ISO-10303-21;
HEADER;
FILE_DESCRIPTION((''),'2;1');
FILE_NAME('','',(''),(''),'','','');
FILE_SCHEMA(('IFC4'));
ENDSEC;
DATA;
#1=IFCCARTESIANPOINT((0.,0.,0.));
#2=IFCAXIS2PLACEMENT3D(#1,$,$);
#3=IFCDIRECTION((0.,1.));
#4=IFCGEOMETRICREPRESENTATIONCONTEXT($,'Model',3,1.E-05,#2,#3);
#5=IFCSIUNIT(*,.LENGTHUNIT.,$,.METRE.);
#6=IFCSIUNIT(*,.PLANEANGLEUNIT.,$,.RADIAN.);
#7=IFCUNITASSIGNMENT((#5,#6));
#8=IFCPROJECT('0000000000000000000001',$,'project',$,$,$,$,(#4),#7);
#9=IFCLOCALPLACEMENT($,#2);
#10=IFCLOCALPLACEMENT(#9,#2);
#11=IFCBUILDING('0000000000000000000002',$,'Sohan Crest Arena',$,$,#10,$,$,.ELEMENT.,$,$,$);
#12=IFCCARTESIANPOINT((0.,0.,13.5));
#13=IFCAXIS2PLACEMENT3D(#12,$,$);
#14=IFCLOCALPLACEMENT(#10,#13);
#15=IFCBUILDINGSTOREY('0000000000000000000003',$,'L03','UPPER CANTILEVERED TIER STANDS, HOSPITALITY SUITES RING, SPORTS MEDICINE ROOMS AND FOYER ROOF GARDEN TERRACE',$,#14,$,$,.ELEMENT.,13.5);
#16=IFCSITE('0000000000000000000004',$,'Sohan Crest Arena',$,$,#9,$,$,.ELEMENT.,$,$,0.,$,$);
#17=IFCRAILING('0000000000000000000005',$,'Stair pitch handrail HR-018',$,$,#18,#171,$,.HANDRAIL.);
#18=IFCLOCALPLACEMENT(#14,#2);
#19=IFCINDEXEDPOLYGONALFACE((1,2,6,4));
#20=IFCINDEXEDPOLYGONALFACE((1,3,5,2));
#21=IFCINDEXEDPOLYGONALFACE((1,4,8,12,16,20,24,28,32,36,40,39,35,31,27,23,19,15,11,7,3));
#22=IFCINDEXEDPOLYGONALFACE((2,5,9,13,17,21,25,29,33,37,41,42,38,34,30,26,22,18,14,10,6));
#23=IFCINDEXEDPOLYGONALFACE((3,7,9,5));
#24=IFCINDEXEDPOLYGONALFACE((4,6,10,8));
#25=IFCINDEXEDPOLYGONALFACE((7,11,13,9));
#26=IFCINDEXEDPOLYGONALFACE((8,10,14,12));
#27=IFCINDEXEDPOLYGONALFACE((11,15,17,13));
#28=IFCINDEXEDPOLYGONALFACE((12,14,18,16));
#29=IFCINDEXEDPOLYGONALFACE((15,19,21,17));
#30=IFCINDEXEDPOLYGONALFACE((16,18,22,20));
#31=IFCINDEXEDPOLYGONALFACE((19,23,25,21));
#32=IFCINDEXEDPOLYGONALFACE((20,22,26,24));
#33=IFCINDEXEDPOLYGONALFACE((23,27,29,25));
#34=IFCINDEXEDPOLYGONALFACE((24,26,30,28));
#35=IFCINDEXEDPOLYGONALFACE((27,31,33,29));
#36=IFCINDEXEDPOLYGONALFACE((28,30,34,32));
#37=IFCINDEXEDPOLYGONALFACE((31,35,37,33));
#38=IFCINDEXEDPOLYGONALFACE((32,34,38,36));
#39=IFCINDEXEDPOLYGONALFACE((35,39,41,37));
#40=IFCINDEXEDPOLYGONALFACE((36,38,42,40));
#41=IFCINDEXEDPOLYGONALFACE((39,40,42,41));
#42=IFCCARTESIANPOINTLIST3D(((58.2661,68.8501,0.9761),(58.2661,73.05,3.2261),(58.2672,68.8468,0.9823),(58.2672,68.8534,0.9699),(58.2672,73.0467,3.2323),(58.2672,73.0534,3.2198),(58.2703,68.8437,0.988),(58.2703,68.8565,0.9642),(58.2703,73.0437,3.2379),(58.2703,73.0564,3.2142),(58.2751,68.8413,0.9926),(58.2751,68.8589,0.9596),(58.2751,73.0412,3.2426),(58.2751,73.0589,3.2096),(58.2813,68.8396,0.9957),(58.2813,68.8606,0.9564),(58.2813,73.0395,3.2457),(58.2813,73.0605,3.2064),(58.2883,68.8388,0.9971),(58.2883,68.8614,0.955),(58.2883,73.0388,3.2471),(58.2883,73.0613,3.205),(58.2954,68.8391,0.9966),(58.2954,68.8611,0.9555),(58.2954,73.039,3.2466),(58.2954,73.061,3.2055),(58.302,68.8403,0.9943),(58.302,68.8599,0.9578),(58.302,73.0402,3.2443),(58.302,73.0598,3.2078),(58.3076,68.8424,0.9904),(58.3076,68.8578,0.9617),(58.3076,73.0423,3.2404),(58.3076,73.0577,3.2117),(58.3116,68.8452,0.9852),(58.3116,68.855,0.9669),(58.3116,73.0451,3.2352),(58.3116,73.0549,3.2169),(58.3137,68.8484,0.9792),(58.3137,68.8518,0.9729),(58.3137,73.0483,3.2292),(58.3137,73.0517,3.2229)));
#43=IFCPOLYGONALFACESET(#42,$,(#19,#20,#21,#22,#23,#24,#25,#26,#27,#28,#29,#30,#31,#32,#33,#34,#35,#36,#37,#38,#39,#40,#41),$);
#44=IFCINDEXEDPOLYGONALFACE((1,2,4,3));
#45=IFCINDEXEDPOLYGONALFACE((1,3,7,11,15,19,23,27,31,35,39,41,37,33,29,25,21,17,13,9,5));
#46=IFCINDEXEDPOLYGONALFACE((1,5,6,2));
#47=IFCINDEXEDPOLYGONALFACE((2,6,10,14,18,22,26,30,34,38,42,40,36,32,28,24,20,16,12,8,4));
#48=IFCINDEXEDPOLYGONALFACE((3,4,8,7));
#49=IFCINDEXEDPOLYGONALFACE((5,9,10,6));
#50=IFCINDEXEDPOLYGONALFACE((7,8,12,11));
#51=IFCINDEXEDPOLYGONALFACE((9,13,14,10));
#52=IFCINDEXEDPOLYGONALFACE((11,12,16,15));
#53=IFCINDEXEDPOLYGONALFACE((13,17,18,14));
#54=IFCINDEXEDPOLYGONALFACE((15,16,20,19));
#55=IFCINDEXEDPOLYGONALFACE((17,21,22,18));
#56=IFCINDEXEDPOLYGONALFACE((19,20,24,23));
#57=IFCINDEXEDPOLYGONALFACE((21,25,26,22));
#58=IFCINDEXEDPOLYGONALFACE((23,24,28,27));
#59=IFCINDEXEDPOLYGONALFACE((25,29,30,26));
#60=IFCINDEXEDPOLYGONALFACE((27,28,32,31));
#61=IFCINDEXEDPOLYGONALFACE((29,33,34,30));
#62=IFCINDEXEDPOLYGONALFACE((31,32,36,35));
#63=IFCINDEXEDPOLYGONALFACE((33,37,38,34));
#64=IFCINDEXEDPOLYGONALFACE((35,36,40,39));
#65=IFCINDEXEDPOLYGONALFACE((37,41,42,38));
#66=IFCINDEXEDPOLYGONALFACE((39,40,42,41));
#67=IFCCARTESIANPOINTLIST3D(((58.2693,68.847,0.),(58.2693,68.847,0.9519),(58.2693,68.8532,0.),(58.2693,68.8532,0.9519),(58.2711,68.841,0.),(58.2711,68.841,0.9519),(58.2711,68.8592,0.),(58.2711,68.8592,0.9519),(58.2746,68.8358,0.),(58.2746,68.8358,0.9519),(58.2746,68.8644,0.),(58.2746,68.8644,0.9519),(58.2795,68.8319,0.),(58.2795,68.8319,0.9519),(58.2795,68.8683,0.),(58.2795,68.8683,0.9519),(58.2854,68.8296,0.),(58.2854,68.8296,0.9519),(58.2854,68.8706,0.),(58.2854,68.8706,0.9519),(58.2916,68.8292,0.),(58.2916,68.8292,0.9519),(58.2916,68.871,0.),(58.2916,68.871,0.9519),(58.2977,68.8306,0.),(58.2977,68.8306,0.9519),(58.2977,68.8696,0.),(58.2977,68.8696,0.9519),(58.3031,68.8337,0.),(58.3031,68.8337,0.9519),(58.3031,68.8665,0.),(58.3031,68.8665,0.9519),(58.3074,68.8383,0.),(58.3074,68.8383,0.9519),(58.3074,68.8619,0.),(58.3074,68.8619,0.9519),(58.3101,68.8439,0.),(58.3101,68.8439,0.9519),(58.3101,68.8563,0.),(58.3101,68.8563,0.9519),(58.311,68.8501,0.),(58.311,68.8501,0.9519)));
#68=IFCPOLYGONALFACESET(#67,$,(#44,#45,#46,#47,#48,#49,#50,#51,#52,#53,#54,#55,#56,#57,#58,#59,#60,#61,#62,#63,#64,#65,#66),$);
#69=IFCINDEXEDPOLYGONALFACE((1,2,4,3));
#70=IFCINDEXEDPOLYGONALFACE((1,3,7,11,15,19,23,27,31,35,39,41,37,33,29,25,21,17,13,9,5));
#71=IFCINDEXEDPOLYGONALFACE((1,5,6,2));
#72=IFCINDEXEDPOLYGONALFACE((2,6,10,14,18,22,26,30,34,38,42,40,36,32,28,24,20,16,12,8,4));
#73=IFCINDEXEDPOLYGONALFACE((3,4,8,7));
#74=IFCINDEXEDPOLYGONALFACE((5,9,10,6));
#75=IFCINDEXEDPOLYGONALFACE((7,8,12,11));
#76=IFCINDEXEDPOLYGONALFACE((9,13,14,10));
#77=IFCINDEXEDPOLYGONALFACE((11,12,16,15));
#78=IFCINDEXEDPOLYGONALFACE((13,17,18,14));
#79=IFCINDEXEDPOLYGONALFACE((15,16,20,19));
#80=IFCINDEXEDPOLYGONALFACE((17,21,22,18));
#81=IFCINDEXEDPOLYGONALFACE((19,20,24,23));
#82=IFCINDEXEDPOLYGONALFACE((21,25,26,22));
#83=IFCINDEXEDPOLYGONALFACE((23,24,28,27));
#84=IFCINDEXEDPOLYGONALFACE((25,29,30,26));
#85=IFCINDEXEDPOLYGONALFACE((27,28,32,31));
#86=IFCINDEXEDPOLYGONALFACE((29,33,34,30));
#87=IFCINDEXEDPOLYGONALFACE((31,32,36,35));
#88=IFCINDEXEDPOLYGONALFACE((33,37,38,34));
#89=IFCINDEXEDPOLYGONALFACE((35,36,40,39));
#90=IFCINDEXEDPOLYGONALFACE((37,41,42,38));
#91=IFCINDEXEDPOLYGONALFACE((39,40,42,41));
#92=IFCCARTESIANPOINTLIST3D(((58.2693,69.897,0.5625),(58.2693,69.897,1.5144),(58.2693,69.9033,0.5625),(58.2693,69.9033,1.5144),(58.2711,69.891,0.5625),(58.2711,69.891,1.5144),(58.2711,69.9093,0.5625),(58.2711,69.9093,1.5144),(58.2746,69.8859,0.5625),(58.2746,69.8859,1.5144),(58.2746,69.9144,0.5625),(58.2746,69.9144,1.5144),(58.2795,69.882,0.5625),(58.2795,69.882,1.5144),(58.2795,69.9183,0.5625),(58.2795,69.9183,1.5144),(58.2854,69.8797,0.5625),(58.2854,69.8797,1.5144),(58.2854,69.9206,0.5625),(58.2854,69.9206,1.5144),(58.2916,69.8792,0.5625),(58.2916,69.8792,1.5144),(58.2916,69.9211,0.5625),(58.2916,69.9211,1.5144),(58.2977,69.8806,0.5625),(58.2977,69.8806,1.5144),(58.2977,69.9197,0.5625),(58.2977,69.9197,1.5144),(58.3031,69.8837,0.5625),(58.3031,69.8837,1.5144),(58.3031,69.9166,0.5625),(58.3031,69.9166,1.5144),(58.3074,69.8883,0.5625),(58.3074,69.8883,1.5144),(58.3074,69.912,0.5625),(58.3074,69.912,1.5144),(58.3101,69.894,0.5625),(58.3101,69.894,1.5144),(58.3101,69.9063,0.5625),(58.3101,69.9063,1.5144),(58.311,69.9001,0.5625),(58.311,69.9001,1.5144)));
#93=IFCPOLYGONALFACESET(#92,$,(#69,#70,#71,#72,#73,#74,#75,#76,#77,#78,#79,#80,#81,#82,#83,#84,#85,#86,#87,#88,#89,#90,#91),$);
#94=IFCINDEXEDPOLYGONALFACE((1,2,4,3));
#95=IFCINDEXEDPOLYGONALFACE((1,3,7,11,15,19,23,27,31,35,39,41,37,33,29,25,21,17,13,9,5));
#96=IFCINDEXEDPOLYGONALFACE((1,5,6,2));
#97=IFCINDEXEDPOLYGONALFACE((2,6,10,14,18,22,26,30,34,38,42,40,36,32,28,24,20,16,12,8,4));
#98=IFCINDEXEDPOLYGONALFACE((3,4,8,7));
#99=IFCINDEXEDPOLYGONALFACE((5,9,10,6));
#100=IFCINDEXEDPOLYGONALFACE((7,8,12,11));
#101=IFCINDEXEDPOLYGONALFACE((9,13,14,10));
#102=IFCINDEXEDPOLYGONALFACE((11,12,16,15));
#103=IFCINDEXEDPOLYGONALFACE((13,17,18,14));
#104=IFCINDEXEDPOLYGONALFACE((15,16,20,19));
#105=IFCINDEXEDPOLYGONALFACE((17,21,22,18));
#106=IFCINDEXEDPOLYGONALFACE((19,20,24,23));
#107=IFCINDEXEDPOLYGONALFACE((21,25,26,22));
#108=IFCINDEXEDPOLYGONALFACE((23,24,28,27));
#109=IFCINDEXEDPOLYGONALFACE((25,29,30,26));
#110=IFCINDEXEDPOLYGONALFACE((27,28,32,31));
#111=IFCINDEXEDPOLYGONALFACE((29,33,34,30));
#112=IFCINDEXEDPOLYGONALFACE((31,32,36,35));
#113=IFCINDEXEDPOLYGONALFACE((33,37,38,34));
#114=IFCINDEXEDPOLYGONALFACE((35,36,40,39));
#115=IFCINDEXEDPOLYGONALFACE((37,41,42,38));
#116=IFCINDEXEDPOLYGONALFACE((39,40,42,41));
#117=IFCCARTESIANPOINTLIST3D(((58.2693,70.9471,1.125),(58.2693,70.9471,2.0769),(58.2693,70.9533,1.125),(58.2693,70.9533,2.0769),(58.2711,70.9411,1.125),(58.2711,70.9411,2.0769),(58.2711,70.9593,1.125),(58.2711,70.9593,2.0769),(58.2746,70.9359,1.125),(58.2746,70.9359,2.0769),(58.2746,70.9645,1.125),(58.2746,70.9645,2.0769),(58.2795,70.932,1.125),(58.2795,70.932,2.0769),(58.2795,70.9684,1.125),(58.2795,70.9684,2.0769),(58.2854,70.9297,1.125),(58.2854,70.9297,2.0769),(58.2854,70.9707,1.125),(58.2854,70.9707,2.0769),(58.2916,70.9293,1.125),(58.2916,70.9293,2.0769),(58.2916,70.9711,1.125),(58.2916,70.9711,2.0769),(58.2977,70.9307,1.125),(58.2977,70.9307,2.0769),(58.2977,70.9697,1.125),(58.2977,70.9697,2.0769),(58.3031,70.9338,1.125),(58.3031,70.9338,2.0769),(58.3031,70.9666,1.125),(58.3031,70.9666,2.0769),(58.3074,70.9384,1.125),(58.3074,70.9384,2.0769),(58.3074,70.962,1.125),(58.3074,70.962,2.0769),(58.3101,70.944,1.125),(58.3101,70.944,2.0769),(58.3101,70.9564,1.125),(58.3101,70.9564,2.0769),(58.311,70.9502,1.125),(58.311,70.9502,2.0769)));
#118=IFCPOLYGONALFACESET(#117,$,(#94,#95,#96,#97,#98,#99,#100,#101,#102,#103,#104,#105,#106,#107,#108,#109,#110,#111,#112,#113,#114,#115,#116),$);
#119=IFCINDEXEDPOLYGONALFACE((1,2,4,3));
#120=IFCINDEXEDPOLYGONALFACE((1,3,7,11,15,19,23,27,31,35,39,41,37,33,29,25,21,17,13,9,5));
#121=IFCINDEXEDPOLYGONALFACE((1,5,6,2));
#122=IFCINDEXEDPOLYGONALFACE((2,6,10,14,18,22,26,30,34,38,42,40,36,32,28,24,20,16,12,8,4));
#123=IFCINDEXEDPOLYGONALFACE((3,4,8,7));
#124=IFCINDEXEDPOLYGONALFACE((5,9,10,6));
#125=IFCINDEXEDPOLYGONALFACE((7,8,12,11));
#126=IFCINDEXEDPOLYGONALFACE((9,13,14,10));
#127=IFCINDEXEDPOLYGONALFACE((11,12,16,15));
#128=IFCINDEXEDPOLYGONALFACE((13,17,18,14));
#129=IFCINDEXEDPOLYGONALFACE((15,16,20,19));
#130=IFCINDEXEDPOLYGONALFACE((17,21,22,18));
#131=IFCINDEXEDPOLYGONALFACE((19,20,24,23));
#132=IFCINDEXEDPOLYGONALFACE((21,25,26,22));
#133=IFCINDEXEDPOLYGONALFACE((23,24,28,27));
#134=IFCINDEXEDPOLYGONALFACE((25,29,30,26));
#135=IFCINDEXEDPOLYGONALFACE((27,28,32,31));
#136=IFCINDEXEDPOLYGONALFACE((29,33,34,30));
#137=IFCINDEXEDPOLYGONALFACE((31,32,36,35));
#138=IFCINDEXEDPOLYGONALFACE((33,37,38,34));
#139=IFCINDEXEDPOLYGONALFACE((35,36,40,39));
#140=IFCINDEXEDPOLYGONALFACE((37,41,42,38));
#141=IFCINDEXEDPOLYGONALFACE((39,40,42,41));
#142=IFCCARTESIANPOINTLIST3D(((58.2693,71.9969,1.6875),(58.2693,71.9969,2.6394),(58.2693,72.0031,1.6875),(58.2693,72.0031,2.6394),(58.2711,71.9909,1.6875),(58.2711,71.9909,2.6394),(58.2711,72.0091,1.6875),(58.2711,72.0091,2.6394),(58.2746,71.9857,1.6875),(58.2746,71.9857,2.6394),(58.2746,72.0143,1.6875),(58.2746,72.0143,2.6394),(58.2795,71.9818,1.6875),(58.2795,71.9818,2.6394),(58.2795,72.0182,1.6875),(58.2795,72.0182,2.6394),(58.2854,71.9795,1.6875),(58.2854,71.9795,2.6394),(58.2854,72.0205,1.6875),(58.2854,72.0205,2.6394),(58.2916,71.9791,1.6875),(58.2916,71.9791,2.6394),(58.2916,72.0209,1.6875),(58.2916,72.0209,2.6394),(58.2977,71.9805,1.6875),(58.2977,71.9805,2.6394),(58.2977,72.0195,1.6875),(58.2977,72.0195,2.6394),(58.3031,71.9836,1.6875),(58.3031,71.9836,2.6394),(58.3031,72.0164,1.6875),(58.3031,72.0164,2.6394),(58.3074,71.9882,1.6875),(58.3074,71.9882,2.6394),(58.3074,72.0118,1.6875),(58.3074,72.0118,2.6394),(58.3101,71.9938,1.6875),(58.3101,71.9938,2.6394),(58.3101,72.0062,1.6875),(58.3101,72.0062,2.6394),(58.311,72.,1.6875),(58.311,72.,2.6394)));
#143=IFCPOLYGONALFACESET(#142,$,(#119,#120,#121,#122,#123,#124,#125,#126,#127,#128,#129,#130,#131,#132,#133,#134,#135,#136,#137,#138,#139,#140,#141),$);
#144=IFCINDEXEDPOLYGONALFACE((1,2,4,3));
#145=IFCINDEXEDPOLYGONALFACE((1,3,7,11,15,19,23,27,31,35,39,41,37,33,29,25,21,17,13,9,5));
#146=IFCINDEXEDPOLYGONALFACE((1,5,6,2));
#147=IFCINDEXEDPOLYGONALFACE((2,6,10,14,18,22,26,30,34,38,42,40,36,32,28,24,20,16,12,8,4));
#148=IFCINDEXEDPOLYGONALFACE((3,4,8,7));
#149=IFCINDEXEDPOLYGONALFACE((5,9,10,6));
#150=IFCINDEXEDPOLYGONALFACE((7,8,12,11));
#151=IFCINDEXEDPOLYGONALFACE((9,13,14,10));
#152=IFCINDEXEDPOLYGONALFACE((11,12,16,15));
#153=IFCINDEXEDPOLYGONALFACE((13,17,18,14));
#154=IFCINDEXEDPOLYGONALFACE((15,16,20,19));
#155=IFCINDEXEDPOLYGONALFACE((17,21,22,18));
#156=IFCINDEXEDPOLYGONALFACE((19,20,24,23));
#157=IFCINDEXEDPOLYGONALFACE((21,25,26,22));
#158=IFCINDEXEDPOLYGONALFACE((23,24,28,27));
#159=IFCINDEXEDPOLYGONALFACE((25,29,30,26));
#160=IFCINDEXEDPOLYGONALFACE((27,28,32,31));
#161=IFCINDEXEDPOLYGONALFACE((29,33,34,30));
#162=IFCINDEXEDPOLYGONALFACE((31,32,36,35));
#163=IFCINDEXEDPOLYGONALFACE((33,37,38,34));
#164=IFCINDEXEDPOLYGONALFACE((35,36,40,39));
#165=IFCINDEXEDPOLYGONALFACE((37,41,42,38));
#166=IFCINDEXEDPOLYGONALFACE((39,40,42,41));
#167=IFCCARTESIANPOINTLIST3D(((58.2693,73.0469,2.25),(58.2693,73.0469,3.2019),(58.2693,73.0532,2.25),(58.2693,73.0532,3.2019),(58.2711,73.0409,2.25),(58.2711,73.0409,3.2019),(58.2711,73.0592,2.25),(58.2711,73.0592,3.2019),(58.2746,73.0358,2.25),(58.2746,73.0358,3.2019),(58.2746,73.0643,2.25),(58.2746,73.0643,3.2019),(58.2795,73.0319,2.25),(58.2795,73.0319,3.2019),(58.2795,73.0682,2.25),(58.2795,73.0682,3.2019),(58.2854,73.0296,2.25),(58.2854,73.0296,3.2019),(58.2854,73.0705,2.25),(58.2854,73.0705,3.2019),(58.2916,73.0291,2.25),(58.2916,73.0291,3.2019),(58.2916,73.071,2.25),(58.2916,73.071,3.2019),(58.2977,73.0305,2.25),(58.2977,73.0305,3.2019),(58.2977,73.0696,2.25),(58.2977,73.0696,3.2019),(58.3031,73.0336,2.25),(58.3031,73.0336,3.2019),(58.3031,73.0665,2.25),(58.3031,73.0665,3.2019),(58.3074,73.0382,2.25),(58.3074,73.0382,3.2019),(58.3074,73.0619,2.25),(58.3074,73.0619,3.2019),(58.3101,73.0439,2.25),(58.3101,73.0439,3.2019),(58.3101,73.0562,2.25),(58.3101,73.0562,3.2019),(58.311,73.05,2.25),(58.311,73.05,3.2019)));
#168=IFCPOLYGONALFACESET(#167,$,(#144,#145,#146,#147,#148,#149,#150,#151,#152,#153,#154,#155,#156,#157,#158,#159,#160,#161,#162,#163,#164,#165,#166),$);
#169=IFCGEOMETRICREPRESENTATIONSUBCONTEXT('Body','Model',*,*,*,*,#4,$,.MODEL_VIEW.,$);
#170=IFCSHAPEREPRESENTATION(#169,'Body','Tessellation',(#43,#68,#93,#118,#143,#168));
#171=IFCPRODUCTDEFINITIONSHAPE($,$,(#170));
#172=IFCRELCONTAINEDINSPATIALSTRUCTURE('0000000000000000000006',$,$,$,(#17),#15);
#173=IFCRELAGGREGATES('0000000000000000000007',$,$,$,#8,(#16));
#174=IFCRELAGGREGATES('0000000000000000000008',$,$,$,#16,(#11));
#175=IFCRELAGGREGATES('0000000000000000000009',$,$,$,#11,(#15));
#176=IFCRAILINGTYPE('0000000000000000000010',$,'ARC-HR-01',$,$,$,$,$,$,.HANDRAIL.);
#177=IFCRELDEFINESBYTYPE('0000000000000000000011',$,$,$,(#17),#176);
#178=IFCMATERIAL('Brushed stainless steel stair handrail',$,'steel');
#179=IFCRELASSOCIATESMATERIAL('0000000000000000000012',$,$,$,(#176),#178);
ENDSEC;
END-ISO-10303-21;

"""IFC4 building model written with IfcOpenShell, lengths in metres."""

from ifc_helpers import new_model, si_unit, direction, frame, origin, origin_2d, place, context, subcontext, project, spatial, circle, extrude, material, type_object, element, save


model = new_model("IFC4")

# Units and contexts
model_context = context("Model", 3, precision=1e-05, world=origin(), true_north=direction((0.0, 1.0)))
body_context = subcontext(model_context, "Body", "Model", "MODEL_VIEW")
ifc_project = project(units=[si_unit("LENGTHUNIT", "METRE"), si_unit("PLANEANGLEUNIT", "RADIAN")], contexts=[model_context])

# Site, building, storey
site_placement = place(None, origin())
site = spatial("IfcSite", under=ifc_project, at=site_placement, Name="Sohan Crest Arena", CompositionType="ELEMENT", RefElevation=0.0)
building_placement = place(site_placement, origin())
building = spatial("IfcBuilding", under=site, at=building_placement, Name="Sohan Crest Arena", CompositionType="ELEMENT")
storey_placement = place(building_placement, frame((0.0, 0.0, 13.5)))
storey = spatial("IfcBuildingStorey", under=building, at=storey_placement, Name="L03", Description="UPPER CANTILEVERED TIER STANDS, HOSPITALITY SUITES RING, SPORTS MEDICINE ROOMS AND FOYER ROOF GARDEN TERRACE", CompositionType="ELEMENT", Elevation=13.5)

# Railing
ifc_material_1 = material(Name="Brushed stainless steel stair handrail", Category="steel")
railing_type_1 = type_object("IfcRailingType", Name="ARC-HR-01", PredefinedType="HANDRAIL", material=ifc_material_1)
for number, where, name in (
    (1, (58.29, 68.8501, 0.0), "Stair pitch handrail HR-018"),
):
    element("IfcRailing", number, at=place(storey_placement, frame(where)), inside=storey, type_object=railing_type_1, Name=name, PredefinedType="HANDRAIL", context=body_context, shape_type="SweptSolid", body=[
        extrude(circle(Radius=0.0239, at=origin_2d()), frame((0.0, 0.0, 0.9761), z_axis=(0.0, 0.881478, 0.472226), x_axis=(-1.0, 0.0, 0.0)), (0.0, 0.0, 1.0), 4.7646),
        extrude(circle(Radius=0.021, at=origin_2d()), origin(), (0.0, 0.0, 1.0), 0.9519),
        extrude(circle(Radius=0.021, at=origin_2d()), frame((0.0, 1.05, 0.5625)), (0.0, 0.0, 1.0), 0.9519),
        extrude(circle(Radius=0.021, at=origin_2d()), frame((0.0, 2.1001, 1.125)), (0.0, 0.0, 1.0), 0.9519),
        extrude(circle(Radius=0.021, at=origin_2d()), frame((0.0, 3.1499, 1.6875)), (0.0, 0.0, 1.0), 0.9519),
        extrude(circle(Radius=0.021, at=origin_2d()), frame((0.0, 4.2, 2.25)), (0.0, 0.0, 1.0), 0.9519),
    ])

save(model, "model.ifc")
